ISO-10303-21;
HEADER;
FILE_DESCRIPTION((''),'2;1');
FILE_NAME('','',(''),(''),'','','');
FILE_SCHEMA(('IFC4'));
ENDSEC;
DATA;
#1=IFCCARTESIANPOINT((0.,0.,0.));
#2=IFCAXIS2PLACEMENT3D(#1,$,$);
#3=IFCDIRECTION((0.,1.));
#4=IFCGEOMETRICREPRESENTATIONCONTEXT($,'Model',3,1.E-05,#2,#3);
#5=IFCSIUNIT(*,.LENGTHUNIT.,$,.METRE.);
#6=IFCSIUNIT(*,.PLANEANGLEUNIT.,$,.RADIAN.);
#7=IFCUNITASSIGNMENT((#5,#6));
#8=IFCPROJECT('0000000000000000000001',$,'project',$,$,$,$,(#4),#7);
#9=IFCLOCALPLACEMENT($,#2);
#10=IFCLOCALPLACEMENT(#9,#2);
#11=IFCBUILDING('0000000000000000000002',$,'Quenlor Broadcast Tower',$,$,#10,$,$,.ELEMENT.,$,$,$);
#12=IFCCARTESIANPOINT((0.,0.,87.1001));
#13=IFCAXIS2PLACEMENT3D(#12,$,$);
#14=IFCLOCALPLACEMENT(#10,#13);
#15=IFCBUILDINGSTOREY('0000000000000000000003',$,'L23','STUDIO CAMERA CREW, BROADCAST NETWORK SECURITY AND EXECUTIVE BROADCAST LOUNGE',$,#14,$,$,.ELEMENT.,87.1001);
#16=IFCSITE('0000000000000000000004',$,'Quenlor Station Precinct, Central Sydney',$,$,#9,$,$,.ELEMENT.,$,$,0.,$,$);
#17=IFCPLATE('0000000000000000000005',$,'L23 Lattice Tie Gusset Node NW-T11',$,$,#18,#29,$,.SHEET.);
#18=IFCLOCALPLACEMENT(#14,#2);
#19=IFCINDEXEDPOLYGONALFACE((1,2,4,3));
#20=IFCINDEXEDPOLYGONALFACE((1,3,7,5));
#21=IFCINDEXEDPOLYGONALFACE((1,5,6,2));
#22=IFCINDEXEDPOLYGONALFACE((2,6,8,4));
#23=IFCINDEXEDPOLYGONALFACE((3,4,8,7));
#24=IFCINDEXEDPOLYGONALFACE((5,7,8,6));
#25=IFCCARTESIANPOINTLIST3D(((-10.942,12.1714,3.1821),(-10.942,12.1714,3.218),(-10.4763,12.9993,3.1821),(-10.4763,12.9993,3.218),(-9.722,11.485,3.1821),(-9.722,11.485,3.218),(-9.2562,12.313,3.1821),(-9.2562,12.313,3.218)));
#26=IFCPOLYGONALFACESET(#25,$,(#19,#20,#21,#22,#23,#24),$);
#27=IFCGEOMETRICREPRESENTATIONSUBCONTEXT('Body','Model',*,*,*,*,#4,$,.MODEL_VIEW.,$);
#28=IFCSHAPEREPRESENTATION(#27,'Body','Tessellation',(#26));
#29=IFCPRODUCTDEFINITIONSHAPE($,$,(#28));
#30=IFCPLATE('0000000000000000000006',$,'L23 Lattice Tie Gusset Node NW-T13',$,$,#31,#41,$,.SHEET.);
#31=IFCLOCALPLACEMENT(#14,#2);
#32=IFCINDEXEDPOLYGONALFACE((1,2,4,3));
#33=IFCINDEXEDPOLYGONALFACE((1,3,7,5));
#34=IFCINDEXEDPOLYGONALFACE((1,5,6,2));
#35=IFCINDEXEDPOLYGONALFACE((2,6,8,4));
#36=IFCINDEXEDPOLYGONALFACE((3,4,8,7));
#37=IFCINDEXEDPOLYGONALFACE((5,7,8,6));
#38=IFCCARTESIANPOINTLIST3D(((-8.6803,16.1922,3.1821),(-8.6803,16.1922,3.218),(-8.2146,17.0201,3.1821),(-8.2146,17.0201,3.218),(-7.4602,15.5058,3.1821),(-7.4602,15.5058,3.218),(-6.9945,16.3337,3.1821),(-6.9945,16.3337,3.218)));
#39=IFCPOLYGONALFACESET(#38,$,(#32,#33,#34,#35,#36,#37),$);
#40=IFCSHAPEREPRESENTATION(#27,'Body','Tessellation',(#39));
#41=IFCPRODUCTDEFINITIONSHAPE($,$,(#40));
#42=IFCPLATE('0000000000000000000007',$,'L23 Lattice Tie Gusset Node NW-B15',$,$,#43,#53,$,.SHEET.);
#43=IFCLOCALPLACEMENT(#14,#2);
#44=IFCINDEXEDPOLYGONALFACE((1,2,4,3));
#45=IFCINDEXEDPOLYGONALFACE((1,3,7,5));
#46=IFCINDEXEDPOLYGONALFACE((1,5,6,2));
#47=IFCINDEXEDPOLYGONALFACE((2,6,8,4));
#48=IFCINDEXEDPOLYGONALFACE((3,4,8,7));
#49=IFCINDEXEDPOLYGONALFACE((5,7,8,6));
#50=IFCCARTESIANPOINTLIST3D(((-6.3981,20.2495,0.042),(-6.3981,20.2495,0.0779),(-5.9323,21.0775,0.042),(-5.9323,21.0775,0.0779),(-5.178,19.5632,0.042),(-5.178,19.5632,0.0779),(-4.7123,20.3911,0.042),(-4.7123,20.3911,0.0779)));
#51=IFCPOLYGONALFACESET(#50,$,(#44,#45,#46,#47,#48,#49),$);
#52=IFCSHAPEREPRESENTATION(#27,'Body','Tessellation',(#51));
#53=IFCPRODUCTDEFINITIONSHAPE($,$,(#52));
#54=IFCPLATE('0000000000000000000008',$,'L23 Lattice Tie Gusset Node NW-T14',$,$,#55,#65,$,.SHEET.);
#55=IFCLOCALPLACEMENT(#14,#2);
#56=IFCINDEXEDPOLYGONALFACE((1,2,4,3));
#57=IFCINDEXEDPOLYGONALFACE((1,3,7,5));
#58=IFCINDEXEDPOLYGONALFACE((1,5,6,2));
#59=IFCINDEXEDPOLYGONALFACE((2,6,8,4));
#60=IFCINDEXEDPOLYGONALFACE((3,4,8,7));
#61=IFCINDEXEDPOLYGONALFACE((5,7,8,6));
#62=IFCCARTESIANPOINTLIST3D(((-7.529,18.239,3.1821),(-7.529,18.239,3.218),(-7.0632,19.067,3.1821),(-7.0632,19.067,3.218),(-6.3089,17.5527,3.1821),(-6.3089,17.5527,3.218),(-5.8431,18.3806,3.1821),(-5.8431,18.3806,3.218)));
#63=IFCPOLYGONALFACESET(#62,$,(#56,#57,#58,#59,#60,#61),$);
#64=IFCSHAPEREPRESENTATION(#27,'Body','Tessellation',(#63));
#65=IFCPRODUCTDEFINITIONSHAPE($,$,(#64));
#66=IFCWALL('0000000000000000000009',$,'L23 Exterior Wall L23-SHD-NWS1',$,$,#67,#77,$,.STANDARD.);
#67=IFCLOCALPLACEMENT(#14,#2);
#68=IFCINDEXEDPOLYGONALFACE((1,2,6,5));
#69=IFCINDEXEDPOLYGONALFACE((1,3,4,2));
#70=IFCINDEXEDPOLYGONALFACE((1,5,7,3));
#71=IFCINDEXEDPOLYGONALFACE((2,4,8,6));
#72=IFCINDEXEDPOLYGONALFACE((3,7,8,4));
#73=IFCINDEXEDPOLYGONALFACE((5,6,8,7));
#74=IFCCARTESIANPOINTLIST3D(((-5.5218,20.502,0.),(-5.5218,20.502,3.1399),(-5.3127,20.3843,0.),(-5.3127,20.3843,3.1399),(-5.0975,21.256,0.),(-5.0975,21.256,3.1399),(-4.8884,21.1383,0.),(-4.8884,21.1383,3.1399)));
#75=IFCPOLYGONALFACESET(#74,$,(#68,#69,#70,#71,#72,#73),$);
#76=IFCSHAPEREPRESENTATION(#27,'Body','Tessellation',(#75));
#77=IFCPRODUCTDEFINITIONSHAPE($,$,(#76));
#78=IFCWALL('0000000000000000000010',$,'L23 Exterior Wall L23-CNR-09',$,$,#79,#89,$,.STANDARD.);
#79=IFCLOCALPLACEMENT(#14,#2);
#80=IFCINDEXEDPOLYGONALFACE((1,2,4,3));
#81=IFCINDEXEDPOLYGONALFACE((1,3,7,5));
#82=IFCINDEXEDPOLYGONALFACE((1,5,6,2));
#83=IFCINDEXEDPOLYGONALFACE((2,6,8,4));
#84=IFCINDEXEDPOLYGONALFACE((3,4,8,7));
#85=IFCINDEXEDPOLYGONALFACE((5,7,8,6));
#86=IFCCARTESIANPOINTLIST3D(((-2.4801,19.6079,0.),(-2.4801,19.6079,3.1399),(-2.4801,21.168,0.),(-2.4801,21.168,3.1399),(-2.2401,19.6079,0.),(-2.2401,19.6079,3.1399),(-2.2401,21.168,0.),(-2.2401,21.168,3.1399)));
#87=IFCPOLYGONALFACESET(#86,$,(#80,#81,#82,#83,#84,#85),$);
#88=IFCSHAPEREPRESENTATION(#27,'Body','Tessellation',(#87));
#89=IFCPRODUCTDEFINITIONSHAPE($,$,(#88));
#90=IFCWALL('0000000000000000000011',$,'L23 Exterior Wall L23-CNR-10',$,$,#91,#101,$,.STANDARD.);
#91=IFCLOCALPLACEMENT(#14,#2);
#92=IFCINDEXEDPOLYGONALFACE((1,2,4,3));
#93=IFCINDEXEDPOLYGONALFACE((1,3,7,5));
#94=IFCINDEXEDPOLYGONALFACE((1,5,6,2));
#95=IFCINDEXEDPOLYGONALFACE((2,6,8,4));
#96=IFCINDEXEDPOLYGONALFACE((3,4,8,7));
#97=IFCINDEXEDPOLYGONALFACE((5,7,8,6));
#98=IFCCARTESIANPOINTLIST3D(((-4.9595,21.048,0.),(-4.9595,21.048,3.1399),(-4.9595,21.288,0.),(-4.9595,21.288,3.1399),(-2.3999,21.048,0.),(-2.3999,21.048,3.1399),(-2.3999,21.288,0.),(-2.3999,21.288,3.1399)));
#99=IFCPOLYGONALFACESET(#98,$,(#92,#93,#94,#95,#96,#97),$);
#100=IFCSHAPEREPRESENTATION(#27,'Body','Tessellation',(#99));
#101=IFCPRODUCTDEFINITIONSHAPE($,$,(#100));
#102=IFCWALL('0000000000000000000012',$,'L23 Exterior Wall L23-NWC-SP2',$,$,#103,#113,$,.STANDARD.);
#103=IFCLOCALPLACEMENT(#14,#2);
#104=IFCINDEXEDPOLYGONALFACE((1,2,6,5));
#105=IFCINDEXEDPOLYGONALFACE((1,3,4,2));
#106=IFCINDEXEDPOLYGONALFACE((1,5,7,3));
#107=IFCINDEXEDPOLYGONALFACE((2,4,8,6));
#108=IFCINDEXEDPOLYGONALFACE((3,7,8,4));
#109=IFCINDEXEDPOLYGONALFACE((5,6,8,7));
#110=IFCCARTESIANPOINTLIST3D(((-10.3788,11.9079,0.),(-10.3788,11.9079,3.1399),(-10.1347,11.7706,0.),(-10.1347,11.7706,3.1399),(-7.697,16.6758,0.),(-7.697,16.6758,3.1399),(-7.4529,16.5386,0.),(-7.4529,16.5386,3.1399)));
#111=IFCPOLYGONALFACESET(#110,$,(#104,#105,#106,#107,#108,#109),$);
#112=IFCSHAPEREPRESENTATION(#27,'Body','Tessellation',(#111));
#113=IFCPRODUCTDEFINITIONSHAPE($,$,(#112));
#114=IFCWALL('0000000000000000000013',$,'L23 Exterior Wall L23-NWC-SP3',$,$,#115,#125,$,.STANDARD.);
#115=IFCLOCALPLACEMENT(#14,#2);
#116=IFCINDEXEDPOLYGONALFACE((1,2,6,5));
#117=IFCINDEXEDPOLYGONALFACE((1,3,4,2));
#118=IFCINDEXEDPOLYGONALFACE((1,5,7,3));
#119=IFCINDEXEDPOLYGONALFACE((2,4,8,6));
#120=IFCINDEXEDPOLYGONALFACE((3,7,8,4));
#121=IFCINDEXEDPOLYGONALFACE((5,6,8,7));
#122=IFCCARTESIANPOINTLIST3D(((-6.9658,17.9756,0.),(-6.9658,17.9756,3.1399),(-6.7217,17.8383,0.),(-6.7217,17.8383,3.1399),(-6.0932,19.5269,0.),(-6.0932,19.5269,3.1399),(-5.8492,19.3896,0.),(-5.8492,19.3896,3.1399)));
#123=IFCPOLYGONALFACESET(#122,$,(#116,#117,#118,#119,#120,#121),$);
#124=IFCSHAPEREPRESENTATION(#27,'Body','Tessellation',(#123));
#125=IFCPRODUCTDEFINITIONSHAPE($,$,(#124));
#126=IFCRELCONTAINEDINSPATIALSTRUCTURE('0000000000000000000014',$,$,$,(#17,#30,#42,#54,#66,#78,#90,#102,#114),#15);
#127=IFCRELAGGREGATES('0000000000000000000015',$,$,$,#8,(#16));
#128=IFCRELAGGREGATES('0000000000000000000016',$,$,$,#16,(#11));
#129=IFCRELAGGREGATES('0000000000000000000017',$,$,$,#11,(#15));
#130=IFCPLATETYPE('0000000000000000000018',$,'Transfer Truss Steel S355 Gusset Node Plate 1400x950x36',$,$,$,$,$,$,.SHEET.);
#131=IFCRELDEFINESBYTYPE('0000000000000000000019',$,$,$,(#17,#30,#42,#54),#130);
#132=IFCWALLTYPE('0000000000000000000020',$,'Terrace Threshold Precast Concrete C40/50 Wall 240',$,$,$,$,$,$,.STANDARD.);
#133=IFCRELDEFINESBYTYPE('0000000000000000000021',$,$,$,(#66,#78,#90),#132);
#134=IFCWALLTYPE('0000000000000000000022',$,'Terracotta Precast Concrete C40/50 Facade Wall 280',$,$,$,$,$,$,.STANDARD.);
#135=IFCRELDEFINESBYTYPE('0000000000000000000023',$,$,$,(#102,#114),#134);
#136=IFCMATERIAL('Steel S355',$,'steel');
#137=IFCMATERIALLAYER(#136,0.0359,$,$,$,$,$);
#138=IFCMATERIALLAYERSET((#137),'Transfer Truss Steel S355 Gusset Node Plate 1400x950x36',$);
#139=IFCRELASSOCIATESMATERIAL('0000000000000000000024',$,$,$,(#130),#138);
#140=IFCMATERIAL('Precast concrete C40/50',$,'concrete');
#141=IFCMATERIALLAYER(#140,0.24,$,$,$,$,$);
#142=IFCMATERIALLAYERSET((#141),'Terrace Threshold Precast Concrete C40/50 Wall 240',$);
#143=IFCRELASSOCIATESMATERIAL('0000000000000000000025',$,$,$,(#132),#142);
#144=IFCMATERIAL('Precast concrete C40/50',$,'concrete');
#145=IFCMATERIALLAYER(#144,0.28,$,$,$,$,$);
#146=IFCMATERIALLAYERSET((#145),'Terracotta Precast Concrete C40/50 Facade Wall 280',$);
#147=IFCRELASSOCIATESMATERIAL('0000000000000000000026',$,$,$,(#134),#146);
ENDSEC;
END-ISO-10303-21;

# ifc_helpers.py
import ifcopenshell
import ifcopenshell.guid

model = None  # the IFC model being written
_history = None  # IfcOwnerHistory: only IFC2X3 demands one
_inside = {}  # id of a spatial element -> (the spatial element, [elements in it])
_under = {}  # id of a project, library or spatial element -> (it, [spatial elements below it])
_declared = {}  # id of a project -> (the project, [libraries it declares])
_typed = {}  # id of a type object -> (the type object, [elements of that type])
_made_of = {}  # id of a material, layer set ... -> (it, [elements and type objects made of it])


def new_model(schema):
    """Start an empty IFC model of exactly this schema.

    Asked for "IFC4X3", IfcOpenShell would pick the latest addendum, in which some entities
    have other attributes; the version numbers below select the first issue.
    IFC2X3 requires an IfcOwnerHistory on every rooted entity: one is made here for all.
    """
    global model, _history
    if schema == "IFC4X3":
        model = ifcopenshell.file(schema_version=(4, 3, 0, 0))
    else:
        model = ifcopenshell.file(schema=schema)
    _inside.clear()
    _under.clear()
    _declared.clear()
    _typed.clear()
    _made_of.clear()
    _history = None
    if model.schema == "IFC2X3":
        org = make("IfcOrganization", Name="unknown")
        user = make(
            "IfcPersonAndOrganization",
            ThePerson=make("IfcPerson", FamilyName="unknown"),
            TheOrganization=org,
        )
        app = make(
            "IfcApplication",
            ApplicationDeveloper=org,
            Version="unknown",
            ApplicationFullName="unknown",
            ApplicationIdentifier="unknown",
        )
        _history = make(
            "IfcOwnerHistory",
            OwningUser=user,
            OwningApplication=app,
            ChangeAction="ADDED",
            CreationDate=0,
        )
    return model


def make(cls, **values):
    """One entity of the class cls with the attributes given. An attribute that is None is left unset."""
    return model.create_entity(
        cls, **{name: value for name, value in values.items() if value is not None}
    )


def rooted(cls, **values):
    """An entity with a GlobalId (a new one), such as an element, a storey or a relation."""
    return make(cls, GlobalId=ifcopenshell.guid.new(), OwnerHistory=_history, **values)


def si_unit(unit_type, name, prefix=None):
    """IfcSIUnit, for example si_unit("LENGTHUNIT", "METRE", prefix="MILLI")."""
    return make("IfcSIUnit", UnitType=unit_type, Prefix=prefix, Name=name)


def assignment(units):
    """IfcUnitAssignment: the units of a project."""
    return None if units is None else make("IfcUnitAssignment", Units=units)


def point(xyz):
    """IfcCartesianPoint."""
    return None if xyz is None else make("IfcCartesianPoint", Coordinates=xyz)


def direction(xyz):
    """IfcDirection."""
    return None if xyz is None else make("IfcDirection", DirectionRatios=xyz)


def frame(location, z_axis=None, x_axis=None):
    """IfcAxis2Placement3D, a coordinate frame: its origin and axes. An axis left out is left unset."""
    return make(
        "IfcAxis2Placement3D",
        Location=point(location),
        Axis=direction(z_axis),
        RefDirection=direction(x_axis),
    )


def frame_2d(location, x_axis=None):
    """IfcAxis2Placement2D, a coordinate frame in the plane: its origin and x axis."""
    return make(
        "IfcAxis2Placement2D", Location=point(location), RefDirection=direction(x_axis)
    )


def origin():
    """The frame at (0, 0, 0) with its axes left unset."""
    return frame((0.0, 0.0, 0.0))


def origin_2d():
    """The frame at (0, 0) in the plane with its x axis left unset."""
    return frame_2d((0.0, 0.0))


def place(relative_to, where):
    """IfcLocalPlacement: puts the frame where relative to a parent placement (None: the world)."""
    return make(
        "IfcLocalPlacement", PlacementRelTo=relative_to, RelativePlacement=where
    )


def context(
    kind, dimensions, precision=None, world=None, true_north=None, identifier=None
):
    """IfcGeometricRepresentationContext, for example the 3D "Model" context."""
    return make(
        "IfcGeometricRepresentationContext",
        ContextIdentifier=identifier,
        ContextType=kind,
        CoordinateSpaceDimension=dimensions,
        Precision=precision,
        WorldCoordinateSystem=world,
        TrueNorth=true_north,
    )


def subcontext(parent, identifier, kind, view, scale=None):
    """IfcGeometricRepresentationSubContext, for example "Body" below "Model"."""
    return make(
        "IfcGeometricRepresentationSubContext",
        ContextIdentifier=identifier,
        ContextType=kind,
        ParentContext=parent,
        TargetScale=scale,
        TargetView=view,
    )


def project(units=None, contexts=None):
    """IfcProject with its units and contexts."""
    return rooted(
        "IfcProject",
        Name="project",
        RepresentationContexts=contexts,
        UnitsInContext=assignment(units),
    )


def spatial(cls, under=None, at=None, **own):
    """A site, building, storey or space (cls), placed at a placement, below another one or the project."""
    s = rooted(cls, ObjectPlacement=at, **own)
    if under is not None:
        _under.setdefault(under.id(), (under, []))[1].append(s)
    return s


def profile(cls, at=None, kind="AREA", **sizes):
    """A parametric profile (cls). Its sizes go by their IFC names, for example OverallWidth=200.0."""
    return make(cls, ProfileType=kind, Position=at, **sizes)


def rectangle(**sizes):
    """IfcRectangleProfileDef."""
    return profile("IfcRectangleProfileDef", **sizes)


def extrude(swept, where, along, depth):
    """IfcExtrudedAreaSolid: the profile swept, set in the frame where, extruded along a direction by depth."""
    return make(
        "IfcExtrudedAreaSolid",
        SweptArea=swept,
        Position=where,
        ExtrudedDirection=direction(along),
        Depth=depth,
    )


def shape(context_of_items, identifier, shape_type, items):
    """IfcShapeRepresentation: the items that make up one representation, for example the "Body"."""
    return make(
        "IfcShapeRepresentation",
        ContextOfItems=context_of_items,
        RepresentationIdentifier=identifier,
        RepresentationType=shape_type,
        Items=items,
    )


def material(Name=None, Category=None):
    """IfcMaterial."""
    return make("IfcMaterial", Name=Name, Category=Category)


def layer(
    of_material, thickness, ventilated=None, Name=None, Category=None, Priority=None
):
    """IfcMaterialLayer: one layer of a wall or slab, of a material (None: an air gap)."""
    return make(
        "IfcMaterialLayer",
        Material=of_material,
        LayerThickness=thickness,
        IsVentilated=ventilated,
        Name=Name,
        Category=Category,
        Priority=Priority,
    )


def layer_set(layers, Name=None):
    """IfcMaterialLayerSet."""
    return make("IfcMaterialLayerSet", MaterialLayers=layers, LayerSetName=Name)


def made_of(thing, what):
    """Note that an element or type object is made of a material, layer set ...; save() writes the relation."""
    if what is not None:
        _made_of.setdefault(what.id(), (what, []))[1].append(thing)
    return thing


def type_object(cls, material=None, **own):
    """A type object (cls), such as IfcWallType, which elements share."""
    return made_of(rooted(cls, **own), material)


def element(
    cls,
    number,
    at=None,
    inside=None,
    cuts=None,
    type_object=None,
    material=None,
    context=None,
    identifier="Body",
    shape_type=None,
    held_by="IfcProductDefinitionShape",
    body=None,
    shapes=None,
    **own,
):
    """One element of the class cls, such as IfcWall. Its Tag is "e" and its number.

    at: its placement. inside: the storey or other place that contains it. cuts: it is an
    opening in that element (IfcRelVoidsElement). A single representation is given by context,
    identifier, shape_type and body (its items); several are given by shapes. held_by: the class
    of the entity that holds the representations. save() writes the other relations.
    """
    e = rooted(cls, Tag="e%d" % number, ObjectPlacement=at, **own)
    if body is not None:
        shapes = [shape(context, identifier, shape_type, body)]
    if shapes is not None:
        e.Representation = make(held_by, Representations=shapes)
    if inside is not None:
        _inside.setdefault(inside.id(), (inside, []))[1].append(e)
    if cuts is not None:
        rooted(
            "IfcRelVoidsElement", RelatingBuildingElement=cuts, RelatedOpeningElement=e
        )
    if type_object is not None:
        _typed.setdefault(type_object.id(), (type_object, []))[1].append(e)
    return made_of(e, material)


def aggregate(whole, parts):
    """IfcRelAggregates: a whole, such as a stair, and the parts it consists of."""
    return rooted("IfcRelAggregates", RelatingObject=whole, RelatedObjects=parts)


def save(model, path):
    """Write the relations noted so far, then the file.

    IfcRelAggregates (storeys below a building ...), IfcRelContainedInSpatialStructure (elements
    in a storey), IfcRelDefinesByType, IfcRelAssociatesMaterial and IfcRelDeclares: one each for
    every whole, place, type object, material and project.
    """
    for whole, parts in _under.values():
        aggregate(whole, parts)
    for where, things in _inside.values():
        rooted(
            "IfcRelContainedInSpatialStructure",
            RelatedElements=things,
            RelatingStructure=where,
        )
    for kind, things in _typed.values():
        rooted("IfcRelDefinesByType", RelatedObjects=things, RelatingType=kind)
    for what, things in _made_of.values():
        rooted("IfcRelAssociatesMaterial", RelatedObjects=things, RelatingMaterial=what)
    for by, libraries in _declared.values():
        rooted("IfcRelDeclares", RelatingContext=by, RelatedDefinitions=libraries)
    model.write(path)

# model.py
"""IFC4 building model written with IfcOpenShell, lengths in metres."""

from ifc_helpers import new_model, si_unit, direction, frame, frame_2d, origin, origin_2d, place, context, subcontext, project, spatial, rectangle, extrude, material, layer, layer_set, type_object, element, save


model = new_model("IFC4")

# Units and contexts
model_context = context("Model", 3, precision=1e-05, world=origin(), true_north=direction((0.0, 1.0)))
body_context = subcontext(model_context, "Body", "Model", "MODEL_VIEW")
ifc_project = project(units=[si_unit("LENGTHUNIT", "METRE"), si_unit("PLANEANGLEUNIT", "RADIAN")], contexts=[model_context])

# Site, building, storey
site_placement = place(None, origin())
site = spatial("IfcSite", under=ifc_project, at=site_placement, Name="Quenlor Station Precinct, Central Sydney", CompositionType="ELEMENT", RefElevation=0.0)
building_placement = place(site_placement, origin())
building = spatial("IfcBuilding", under=site, at=building_placement, Name="Quenlor Broadcast Tower", CompositionType="ELEMENT")
storey_placement = place(building_placement, frame((0.0, 0.0, 87.1001)))
storey = spatial("IfcBuildingStorey", under=building, at=storey_placement, Name="L23", Description="STUDIO CAMERA CREW, BROADCAST NETWORK SECURITY AND EXECUTIVE BROADCAST LOUNGE", CompositionType="ELEMENT", Elevation=87.1001)

# Plates
ifc_material_1 = material(Name="Steel S355", Category="steel")
ifc_layer_1 = layer(ifc_material_1, 0.0359)
ifc_layer_set_1 = layer_set([ifc_layer_1], Name="Transfer Truss Steel S355 Gusset Node Plate 1400x950x36")
plate_type_1 = type_object("IfcPlateType", Name="Transfer Truss Steel S355 Gusset Node Plate 1400x950x36", PredefinedType="SHEET", material=ifc_layer_set_1)
for number, where, z_axis, x_axis, name in (
    (1, (-10.0991, 12.2422, 3.1821), (0.0, 0.0, 1.0), (-0.871556, 0.490295, 0.0), "L23 Lattice Tie Gusset Node NW-T11"),
    (2, (-7.8374, 16.2629, 3.1821), (0.0, 0.0, 1.0), (-0.871556, 0.490295, 0.0), "L23 Lattice Tie Gusset Node NW-T13"),
    (3, (-5.5552, 20.3203, 0.042), (0.0, 0.0, 1.0), (-0.871556, 0.490295, 0.0), "L23 Lattice Tie Gusset Node NW-B15"),
    (4, (-6.686, 18.3098, 3.1821), (0.0, 0.0, 1.0), (-0.871556, 0.490295, 0.0), "L23 Lattice Tie Gusset Node NW-T14"),
):
    element("IfcPlate", number, at=place(storey_placement, frame(where, z_axis=z_axis, x_axis=x_axis)), inside=storey, type_object=plate_type_1, Name=name, PredefinedType="SHEET", context=body_context, shape_type="SweptSolid", body=[
        extrude(rectangle(XDim=1.3999, YDim=0.95, at=origin_2d()), origin(), (0.0, 0.0, 1.0), 0.0359),
    ])

# Walls
ifc_material_2 = material(Name="Precast concrete C40/50", Category="concrete")
ifc_layer_2 = layer(ifc_material_2, 0.24)
ifc_layer_set_2 = layer_set([ifc_layer_2], Name="Terrace Threshold Precast Concrete C40/50 Wall 240")
wall_type_1 = type_object("IfcWallType", Name="Terrace Threshold Precast Concrete C40/50 Wall 240", PredefinedType="STANDARD", material=ifc_layer_set_2)
wall_1_placement = place(storey_placement, frame((-5.4172, 20.4431, 0.0), z_axis=(0.0, 0.0, 1.0), x_axis=(0.490355, 0.871523, 0.0)))
element("IfcWall", 5, at=wall_1_placement, inside=storey, type_object=wall_type_1, Name="L23 Exterior Wall L23-SHD-NWS1", PredefinedType="STANDARD", context=body_context, shape_type="SweptSolid", body=[
    extrude(rectangle(XDim=0.8652, YDim=0.24, at=frame_2d((0.4326, 0.0))), origin(), (0.0, 0.0, 1.0), 3.1399),
])
wall_2_placement = place(storey_placement, frame((-2.3601, 19.6079, 0.0), z_axis=(0.0, 0.0, 1.0), x_axis=(0.0, 1.0, 0.0)))
element("IfcWall", 6, at=wall_2_placement, inside=storey, type_object=wall_type_1, Name="L23 Exterior Wall L23-CNR-09", PredefinedType="STANDARD", context=body_context, shape_type="SweptSolid", body=[
    extrude(rectangle(XDim=1.5601, YDim=0.24, at=frame_2d((0.78, 0.0))), origin(), (0.0, 0.0, 1.0), 3.1399),
])
wall_3_placement = place(storey_placement, frame((-2.3999, 21.168, 0.0), z_axis=(0.0, 0.0, 1.0), x_axis=(-1.0, 0.0, 0.0)))
element("IfcWall", 7, at=wall_3_placement, inside=storey, type_object=wall_type_1, Name="L23 Exterior Wall L23-CNR-10", PredefinedType="STANDARD", context=body_context, shape_type="SweptSolid", body=[
    extrude(rectangle(XDim=2.5596, YDim=0.24, at=frame_2d((1.2798, 0.0))), origin(), (0.0, 0.0, 1.0), 3.1399),
])
ifc_material_3 = material(Name="Precast concrete C40/50", Category="concrete")
ifc_layer_3 = layer(ifc_material_3, 0.28)
ifc_layer_set_3 = layer_set([ifc_layer_3], Name="Terracotta Precast Concrete C40/50 Facade Wall 280")
wall_type_2 = type_object("IfcWallType", Name="Terracotta Precast Concrete C40/50 Facade Wall 280", PredefinedType="STANDARD", material=ifc_layer_set_3)
wall_4_placement = place(storey_placement, frame((-10.2568, 11.8391, 0.0), z_axis=(0.0, 0.0, 1.0), x_axis=(0.49024, 0.871587, 0.0)))
element("IfcWall", 8, at=wall_4_placement, inside=storey, type_object=wall_type_2, Name="L23 Exterior Wall L23-NWC-SP2", PredefinedType="STANDARD", context=body_context, shape_type="SweptSolid", body=[
    extrude(rectangle(XDim=5.4705, YDim=0.28, at=frame_2d((2.7354, 0.0))), origin(), (0.0, 0.0, 1.0), 3.1399),
])
wall_5_placement = place(storey_placement, frame((-6.8438, 17.907, 0.0), z_axis=(0.0, 0.0, 1.0), x_axis=(0.490248, 0.871583, 0.0)))
element("IfcWall", 9, at=wall_5_placement, inside=storey, type_object=wall_type_2, Name="L23 Exterior Wall L23-NWC-SP3", PredefinedType="STANDARD", context=body_context, shape_type="SweptSolid", body=[
    extrude(rectangle(XDim=1.7798, YDim=0.28, at=frame_2d((0.8899, 0.0))), origin(), (0.0, 0.0, 1.0), 3.1399),
])

save(model, "model.ifc")
